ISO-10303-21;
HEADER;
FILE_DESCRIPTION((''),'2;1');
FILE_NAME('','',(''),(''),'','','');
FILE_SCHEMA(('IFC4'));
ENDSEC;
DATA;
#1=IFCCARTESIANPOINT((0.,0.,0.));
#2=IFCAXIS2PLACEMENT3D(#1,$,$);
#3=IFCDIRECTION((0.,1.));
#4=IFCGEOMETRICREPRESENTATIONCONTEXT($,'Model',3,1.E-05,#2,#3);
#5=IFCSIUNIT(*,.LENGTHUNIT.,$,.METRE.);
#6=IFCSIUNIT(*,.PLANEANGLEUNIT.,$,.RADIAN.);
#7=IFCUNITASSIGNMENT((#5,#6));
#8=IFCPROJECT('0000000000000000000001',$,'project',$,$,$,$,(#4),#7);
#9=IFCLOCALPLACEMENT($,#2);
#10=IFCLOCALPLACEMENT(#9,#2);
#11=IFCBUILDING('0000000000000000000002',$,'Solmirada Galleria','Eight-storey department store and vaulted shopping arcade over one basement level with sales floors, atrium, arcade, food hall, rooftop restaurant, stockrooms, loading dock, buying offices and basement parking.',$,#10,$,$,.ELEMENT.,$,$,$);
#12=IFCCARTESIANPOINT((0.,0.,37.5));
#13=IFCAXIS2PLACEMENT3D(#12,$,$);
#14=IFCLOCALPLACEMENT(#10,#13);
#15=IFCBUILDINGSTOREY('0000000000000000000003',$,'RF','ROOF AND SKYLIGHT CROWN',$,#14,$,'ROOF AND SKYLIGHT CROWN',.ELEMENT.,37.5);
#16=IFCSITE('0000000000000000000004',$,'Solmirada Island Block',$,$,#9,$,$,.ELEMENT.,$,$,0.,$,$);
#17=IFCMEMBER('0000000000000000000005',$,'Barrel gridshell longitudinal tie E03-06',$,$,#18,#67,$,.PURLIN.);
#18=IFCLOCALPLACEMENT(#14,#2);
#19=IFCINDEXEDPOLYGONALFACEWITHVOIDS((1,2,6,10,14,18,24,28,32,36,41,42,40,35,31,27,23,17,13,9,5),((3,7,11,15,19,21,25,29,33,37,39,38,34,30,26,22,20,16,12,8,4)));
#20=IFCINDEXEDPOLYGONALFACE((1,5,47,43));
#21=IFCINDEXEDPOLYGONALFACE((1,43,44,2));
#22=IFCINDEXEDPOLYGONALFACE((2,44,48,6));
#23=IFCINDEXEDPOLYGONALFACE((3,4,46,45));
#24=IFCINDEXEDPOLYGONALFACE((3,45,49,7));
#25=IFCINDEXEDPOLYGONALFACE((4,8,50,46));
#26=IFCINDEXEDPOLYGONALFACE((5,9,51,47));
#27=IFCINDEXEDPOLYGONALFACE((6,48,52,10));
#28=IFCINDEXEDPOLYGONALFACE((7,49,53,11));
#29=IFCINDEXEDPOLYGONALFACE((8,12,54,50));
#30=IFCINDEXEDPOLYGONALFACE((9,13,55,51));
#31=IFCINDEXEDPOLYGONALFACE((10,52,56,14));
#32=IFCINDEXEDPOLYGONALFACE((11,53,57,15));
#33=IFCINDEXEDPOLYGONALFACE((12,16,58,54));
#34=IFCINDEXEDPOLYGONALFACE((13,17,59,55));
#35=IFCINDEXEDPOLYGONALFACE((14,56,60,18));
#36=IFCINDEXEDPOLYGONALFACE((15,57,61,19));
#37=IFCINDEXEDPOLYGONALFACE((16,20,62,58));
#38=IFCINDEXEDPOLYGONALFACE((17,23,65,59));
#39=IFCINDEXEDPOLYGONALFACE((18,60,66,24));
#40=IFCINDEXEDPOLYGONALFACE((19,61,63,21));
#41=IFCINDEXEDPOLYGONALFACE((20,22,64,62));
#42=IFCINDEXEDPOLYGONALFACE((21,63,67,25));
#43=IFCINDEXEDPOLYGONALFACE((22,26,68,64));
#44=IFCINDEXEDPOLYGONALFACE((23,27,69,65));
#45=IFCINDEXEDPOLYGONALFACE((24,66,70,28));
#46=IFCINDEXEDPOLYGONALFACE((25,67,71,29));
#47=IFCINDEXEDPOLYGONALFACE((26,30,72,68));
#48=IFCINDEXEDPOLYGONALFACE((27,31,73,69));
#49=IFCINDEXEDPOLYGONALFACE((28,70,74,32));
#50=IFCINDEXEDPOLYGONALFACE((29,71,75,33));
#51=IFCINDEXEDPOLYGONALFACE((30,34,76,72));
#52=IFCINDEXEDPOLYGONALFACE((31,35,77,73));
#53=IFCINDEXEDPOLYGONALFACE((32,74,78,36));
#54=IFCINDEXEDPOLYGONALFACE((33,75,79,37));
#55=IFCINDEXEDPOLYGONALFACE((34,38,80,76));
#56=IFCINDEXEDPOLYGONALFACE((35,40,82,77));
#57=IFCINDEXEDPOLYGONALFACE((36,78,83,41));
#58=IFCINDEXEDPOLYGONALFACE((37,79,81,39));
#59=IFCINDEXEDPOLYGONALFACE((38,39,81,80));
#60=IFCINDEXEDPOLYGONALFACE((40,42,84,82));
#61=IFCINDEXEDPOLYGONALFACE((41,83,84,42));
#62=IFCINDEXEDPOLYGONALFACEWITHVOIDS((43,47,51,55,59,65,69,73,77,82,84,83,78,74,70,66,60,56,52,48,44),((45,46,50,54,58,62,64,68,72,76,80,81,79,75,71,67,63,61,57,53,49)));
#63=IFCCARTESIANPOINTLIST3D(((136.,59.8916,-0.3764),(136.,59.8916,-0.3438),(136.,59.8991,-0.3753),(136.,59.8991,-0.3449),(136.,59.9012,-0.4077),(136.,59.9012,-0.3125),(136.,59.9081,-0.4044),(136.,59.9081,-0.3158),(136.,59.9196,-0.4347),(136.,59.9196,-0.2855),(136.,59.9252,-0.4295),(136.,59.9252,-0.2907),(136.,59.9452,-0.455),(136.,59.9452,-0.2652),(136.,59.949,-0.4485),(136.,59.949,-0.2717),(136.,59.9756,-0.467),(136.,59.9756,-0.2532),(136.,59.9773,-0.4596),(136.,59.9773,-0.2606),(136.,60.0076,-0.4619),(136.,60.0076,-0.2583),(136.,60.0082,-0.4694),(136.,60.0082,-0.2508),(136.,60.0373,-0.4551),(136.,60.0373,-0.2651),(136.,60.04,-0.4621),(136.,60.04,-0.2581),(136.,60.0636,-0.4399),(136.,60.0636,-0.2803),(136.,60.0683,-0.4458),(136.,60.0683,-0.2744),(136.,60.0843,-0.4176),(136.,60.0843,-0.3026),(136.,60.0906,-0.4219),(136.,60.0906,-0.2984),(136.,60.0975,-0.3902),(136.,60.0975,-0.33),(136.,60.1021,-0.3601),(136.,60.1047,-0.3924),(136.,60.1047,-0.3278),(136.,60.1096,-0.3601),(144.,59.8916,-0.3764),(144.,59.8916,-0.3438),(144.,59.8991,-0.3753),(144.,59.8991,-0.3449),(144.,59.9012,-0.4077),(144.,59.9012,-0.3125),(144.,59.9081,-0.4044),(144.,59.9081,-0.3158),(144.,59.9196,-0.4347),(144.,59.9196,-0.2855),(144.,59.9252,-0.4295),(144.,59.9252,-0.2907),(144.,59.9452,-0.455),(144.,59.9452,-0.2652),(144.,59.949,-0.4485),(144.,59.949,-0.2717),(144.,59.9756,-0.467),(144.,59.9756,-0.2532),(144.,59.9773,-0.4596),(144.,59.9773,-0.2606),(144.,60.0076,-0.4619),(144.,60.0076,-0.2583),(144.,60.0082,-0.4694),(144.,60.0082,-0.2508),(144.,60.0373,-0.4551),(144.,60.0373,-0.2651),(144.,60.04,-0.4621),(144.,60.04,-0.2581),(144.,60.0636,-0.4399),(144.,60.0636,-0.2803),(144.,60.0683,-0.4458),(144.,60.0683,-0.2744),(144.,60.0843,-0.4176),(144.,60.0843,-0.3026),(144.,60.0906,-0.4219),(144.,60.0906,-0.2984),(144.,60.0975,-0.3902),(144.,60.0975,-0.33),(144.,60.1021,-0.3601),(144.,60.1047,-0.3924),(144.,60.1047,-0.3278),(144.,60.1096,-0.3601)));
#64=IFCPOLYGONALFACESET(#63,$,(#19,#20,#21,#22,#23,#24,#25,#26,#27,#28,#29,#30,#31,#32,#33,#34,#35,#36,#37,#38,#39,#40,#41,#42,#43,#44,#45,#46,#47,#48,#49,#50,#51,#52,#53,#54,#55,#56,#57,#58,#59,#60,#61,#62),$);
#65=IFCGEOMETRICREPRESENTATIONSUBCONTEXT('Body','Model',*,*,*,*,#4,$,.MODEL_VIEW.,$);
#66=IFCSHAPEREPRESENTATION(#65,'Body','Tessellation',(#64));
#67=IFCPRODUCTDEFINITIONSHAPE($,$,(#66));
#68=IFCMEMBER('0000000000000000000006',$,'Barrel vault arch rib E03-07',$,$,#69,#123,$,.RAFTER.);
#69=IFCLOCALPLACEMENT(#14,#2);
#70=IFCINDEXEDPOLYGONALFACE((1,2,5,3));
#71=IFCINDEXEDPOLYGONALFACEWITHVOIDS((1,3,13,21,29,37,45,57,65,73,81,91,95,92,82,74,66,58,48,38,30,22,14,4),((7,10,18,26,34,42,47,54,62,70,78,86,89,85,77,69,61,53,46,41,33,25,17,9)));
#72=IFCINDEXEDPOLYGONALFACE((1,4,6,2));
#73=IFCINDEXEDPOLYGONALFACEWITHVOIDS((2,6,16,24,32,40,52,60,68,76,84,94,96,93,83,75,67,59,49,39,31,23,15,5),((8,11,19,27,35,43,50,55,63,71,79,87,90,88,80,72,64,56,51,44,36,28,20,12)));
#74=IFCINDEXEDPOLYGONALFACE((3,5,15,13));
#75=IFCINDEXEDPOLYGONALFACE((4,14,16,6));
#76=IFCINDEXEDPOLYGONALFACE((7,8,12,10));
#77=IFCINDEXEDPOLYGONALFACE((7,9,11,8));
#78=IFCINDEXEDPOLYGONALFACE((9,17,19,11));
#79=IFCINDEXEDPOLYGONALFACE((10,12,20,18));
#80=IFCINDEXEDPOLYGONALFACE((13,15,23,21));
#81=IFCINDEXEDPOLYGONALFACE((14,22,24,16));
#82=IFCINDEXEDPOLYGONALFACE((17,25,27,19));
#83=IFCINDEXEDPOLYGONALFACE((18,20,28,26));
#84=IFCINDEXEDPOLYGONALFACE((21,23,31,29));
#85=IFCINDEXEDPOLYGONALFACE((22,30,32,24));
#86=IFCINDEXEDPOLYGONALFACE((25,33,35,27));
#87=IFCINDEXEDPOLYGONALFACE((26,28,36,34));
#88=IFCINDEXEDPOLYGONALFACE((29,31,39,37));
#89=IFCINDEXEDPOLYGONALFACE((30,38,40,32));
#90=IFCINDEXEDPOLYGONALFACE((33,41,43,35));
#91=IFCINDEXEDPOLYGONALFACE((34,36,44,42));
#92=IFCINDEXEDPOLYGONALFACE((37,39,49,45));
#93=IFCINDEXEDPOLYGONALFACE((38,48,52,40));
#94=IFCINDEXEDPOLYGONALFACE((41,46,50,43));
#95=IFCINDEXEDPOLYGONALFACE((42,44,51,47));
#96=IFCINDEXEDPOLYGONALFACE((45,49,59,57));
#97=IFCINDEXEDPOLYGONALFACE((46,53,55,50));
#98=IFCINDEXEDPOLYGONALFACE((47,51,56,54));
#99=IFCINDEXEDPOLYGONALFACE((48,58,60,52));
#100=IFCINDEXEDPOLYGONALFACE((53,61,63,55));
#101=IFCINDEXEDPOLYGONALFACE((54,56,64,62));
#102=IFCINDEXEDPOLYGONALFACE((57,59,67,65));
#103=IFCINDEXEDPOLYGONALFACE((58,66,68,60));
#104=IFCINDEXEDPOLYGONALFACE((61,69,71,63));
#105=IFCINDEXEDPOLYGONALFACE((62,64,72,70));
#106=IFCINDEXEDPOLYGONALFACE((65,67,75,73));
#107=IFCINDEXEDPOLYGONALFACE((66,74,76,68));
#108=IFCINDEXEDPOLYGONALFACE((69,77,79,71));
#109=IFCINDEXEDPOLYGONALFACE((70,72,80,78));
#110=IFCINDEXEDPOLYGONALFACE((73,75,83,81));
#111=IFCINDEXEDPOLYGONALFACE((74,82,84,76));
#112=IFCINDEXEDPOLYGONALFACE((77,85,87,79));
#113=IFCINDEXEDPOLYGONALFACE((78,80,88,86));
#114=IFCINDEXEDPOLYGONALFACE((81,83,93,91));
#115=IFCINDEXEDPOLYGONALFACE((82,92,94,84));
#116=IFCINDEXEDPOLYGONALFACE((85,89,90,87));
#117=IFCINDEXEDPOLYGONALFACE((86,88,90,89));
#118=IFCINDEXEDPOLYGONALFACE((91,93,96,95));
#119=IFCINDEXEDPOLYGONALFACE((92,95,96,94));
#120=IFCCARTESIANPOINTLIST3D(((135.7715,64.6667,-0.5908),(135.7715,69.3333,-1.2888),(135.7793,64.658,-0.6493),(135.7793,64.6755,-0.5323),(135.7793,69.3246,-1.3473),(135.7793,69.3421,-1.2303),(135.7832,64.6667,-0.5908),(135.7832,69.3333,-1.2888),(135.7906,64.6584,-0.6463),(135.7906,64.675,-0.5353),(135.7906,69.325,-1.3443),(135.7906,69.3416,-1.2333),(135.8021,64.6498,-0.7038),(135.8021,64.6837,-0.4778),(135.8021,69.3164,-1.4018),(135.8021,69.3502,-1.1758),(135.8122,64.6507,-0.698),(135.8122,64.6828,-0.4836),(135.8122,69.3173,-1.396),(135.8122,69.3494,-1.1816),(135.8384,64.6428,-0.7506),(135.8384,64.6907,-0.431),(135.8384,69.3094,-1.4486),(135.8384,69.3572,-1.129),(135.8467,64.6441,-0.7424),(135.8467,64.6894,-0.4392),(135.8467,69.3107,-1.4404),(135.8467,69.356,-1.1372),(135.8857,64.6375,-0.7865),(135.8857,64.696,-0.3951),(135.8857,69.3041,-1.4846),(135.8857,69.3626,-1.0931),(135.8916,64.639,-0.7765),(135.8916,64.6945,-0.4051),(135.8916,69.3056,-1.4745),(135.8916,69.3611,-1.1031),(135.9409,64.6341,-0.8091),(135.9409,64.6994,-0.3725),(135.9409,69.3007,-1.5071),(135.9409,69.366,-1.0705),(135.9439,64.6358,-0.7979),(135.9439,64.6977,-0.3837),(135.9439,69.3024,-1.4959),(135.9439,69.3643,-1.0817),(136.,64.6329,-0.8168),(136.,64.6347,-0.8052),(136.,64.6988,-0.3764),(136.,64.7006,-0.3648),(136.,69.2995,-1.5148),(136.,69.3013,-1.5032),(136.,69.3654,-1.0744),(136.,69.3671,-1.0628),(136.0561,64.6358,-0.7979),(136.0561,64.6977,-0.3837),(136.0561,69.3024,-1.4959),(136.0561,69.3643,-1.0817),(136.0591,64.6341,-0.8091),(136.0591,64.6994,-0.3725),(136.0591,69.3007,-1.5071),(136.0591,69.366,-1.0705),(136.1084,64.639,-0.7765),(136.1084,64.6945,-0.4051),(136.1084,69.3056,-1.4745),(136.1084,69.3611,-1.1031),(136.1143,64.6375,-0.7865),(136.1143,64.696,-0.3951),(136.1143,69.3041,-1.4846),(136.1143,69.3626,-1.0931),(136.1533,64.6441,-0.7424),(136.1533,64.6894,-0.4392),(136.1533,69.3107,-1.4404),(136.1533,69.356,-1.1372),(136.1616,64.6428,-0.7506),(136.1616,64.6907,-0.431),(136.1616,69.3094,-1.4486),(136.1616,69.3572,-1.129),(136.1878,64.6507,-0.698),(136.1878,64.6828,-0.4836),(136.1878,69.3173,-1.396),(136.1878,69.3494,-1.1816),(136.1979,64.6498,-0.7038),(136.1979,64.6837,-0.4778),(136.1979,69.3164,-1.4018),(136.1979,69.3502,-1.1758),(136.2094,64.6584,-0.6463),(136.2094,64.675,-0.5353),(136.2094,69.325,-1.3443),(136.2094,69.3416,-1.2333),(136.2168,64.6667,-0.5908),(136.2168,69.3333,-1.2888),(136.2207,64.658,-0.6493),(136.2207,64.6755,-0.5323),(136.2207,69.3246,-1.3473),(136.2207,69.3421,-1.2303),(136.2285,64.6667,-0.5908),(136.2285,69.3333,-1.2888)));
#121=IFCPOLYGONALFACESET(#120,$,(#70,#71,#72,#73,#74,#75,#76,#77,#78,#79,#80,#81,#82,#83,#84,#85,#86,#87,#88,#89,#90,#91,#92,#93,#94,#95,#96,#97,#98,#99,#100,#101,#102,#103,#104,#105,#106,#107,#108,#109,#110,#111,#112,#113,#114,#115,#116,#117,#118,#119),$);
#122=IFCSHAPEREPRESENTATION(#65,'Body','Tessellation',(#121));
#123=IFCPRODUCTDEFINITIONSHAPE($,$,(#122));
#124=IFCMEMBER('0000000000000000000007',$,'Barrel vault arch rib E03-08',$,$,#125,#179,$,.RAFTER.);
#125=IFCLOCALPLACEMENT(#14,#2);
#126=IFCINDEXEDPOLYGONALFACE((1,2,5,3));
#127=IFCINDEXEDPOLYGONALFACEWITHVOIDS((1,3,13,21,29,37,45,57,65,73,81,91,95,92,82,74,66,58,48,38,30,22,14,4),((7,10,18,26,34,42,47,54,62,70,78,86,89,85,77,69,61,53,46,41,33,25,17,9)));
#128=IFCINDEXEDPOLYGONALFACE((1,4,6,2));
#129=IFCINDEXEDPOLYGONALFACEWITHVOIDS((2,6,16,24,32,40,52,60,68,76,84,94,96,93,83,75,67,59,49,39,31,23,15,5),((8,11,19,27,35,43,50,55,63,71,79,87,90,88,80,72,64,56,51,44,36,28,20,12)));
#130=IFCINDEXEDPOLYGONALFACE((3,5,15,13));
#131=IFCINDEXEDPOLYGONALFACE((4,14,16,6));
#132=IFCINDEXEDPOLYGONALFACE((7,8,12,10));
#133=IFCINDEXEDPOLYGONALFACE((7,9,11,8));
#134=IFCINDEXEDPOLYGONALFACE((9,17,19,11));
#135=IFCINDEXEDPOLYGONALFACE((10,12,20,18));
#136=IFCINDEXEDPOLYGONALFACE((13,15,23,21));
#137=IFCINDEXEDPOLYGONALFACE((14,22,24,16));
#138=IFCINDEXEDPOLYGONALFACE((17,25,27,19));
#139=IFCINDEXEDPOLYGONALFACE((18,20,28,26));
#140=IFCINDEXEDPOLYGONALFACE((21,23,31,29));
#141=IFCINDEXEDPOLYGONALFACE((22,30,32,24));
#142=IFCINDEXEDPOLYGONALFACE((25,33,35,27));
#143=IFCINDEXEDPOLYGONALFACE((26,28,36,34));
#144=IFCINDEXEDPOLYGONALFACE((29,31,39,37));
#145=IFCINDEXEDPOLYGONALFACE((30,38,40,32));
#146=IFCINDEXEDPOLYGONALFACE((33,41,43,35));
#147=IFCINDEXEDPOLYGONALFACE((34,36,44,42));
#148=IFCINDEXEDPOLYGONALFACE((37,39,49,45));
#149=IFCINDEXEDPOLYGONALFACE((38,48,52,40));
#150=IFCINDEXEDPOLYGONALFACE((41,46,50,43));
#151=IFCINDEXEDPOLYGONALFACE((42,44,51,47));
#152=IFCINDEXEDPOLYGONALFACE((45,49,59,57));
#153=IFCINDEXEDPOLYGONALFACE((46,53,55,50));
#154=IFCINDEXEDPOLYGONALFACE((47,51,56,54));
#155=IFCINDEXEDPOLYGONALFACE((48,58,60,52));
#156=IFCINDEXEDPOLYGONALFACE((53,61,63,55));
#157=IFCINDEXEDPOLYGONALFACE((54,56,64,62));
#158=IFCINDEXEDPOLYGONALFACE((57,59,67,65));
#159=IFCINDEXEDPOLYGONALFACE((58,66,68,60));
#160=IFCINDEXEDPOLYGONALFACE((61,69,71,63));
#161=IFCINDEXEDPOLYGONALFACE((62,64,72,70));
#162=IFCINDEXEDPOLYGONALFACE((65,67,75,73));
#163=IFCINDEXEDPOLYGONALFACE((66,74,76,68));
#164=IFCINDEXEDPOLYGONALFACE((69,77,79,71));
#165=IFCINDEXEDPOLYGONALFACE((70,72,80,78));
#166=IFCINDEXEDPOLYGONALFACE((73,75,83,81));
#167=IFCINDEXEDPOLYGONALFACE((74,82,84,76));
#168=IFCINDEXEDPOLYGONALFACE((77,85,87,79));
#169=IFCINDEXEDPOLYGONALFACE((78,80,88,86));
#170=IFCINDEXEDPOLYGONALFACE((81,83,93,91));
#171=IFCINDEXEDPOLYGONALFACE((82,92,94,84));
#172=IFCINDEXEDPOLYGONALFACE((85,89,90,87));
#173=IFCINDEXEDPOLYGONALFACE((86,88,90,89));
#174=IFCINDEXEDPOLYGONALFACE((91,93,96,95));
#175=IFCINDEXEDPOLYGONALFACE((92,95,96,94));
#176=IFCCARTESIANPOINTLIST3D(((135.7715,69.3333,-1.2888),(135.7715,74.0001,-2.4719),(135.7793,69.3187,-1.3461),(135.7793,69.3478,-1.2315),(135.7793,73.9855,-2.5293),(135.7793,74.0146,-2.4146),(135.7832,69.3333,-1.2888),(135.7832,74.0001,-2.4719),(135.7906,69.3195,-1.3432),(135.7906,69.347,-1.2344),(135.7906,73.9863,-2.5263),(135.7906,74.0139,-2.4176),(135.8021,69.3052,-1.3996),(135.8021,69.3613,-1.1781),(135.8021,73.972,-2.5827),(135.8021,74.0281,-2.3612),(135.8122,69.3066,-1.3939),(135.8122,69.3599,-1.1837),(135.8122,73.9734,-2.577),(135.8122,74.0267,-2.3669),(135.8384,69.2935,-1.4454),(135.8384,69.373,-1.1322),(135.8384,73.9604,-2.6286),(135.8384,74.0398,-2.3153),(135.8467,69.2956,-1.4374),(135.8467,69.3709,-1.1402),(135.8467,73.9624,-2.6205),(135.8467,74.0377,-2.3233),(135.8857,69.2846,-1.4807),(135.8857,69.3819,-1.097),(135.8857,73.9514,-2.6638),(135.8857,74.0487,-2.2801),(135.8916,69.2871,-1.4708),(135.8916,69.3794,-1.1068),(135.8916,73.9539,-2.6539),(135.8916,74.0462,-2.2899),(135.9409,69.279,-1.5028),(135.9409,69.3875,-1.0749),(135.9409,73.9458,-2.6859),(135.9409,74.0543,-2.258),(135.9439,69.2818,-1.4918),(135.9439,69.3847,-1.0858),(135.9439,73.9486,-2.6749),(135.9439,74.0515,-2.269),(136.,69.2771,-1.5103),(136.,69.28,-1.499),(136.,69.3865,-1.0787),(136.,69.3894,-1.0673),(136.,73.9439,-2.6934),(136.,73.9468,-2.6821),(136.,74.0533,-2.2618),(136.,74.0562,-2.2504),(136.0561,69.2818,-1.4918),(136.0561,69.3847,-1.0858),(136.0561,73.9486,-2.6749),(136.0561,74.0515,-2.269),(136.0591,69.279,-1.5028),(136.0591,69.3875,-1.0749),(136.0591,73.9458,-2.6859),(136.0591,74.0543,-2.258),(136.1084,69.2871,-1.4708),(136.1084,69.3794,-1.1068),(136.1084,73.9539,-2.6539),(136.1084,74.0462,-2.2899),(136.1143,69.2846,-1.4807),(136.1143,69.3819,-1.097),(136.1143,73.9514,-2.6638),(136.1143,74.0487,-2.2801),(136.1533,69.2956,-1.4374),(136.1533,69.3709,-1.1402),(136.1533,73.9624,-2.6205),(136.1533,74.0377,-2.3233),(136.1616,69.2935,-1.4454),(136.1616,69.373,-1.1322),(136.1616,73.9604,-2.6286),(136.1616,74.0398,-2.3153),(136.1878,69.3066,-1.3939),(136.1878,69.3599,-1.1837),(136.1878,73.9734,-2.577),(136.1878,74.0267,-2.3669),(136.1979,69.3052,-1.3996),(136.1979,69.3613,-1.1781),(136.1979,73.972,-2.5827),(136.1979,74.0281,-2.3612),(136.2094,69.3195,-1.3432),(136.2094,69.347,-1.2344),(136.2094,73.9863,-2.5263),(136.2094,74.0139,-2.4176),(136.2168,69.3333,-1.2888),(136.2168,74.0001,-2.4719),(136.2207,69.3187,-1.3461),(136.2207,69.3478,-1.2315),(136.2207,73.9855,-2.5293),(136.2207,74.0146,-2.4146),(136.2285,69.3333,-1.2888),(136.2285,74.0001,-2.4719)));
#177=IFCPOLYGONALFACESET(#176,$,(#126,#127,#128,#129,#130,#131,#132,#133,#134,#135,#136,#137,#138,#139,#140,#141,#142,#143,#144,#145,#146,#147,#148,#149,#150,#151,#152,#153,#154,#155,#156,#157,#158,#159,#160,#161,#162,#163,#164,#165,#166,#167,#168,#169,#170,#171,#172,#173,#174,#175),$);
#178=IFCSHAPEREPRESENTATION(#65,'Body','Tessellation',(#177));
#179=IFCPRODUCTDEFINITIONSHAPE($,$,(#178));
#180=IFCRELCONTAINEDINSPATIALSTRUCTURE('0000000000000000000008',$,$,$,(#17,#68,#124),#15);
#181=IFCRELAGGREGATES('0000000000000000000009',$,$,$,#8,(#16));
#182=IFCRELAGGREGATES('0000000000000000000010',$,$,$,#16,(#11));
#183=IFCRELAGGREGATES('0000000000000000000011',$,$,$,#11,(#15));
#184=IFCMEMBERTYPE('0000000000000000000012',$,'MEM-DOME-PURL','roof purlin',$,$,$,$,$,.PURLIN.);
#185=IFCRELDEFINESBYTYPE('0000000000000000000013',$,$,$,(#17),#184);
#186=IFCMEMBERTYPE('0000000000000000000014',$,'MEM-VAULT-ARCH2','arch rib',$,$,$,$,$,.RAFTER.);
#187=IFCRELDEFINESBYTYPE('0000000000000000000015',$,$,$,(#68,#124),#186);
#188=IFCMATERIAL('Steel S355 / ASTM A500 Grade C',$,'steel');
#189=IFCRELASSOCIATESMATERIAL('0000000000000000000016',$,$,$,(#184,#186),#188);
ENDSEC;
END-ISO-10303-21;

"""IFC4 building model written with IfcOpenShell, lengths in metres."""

from ifc_helpers import new_model, si_unit, direction, frame, origin, origin_2d, place, context, subcontext, project, spatial, hollow_circle, extrude, material, material_profile, profile_set, type_object, element, save


model = new_model("IFC4")

# Units and contexts
model_context = context("Model", 3, precision=1e-05, world=origin(), true_north=direction((0.0, 1.0)))
body_context = subcontext(model_context, "Body", "Model", "MODEL_VIEW")
ifc_project = project(units=[si_unit("LENGTHUNIT", "METRE"), si_unit("PLANEANGLEUNIT", "RADIAN")], contexts=[model_context])

# Site, building, storey
site_placement = place(None, origin())
site = spatial("IfcSite", under=ifc_project, at=site_placement, Name="Solmirada Island Block", CompositionType="ELEMENT", RefElevation=0.0)
building_placement = place(site_placement, origin())
building = spatial("IfcBuilding", under=site, at=building_placement, Name="Solmirada Galleria", Description="Eight-storey department store and vaulted shopping arcade over one basement level with sales floors, atrium, arcade, food hall, rooftop restaurant, stockrooms, loading dock, buying offices and basement parking.", CompositionType="ELEMENT")
storey_placement = place(building_placement, frame((0.0, 0.0, 37.5)))
storey = spatial("IfcBuildingStorey", under=building, at=storey_placement, Name="RF", Description="ROOF AND SKYLIGHT CROWN", LongName="ROOF AND SKYLIGHT CROWN", CompositionType="ELEMENT", Elevation=37.5)

# Members
ifc_material_1 = material(Name="Steel S355 / ASTM A500 Grade C", Category="steel")
ifc_material_profile_1 = material_profile(ifc_material_1, hollow_circle(Radius=0.1096, WallThickness=0.0076, at=origin_2d()), Name="HSS8.625X0.322")
ifc_profile_set_1 = profile_set([ifc_material_profile_1], Name="Steel S355 / ASTM A500 Grade C")
member_type_1 = type_object("IfcMemberType", Name="MEM-DOME-PURL", Description="roof purlin", PredefinedType="PURLIN", material=ifc_profile_set_1)
member_1_placement = place(storey_placement, frame((136.0, 60.0, -0.3601), z_axis=(1.0, 0.0, 0.0), x_axis=(0.0, 1.0, 0.0)))
element("IfcMember", 1, at=member_1_placement, inside=storey, type_object=member_type_1, Name="Barrel gridshell longitudinal tie E03-06", PredefinedType="PURLIN", context=body_context, shape_type="SweptSolid", body=[
    extrude(hollow_circle(Radius=0.1096, WallThickness=0.0076, at=origin_2d()), origin(), (0.0, 0.0, 1.0), 8.0),
])
ifc_material_profile_2 = material_profile(ifc_material_1, hollow_circle(Radius=0.2285, WallThickness=0.0117, at=origin_2d()), Name="HSS18.000X0.500")
ifc_profile_set_2 = profile_set([ifc_material_profile_2], Name="Steel S355 / ASTM A500 Grade C")
member_type_2 = type_object("IfcMemberType", Name="MEM-VAULT-ARCH2", Description="arch rib", PredefinedType="RAFTER", material=ifc_profile_set_2)
member_2_placement = place(storey_placement, frame((136.0, 64.6667, -0.5908), z_axis=(0.0, 0.988998, -0.147931), x_axis=(-1.0, 0.0, 0.0)))
element("IfcMember", 2, at=member_2_placement, inside=storey, type_object=member_type_2, Name="Barrel vault arch rib E03-07", PredefinedType="RAFTER", context=body_context, shape_type="SweptSolid", body=[
    extrude(hollow_circle(Radius=0.2285, WallThickness=0.0117, at=origin_2d()), origin(), (0.0, 0.0, 1.0), 4.7185),
])
member_3_placement = place(storey_placement, frame((136.0, 69.3333, -1.2888), z_axis=(0.0, 0.969335, -0.245744), x_axis=(-1.0, 0.0, 0.0)))
element("IfcMember", 3, at=member_3_placement, inside=storey, type_object=member_type_2, Name="Barrel vault arch rib E03-08", PredefinedType="RAFTER", context=body_context, shape_type="SweptSolid", body=[
    extrude(hollow_circle(Radius=0.2285, WallThickness=0.0117, at=origin_2d()), origin(), (0.0, 0.0, 1.0), 4.8145),
])

save(model, "model.ifc")
